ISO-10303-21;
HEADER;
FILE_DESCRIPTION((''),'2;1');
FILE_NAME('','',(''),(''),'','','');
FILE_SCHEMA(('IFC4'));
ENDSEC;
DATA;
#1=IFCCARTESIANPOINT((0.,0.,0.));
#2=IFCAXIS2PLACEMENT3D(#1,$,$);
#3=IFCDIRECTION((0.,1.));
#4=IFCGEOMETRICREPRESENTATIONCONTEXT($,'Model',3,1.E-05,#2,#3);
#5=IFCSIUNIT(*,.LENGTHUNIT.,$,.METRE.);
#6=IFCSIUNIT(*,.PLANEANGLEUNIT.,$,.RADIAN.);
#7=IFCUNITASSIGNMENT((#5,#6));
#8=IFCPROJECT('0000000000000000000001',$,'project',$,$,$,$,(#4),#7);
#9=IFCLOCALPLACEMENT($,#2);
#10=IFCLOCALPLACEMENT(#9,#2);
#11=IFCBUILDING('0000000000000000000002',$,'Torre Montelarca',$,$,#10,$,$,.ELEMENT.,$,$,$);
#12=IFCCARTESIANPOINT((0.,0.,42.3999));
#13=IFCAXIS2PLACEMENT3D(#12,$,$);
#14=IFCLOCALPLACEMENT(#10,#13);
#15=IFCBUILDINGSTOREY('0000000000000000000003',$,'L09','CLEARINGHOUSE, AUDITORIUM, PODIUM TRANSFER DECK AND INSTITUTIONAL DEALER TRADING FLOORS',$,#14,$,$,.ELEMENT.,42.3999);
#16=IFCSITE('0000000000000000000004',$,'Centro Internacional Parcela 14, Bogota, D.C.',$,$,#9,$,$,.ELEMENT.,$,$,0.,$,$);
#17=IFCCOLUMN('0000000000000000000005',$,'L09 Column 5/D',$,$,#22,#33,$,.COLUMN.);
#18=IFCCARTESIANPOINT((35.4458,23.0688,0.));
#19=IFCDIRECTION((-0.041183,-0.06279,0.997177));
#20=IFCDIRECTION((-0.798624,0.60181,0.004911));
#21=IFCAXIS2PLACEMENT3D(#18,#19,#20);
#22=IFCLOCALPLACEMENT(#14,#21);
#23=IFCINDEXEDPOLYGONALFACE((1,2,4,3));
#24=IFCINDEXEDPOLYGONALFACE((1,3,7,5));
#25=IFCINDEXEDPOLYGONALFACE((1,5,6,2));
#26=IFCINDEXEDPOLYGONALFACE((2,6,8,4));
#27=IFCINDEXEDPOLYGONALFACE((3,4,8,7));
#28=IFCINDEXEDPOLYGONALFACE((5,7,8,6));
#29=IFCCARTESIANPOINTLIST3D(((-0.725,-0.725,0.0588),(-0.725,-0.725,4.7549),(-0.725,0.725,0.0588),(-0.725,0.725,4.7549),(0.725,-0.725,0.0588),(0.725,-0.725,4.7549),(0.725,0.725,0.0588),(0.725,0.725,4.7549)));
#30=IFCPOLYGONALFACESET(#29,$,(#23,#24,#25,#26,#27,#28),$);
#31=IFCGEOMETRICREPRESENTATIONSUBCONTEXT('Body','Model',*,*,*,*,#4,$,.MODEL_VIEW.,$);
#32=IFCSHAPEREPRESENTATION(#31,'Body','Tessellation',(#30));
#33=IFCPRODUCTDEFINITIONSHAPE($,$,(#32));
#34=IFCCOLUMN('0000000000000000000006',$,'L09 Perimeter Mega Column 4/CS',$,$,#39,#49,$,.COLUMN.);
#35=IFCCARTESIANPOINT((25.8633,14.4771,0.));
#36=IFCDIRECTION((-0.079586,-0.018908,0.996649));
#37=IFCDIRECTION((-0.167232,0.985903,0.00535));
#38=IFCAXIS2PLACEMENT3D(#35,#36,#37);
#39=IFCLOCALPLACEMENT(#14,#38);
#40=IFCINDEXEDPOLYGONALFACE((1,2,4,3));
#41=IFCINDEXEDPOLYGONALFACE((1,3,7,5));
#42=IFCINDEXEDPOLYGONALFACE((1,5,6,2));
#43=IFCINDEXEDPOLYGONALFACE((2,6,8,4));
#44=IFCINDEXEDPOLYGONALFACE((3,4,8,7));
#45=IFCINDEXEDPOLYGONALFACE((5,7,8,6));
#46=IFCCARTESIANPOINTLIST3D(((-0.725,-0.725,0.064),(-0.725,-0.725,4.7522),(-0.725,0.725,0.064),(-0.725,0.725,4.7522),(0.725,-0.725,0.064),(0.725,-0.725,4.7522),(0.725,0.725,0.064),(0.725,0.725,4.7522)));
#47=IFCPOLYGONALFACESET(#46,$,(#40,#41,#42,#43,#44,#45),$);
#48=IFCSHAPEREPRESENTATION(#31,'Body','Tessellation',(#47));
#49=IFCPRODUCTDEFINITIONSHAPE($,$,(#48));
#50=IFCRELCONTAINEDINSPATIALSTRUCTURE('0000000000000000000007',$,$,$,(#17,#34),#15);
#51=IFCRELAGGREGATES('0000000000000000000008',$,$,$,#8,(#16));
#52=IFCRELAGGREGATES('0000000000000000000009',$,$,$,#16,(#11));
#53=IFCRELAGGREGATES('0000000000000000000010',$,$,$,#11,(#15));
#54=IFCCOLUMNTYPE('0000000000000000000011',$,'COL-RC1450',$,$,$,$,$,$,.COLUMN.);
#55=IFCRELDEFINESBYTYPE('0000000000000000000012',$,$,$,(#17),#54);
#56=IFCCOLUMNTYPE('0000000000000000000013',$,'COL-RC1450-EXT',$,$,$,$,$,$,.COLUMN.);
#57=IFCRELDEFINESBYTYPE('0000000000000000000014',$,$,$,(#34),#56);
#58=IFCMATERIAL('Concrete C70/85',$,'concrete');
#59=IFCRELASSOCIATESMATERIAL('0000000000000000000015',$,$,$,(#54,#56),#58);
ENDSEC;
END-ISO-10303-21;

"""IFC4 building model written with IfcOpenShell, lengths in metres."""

from ifc_helpers import new_model, si_unit, direction, frame, origin, origin_2d, place, context, subcontext, project, spatial, rectangle, extrude, clip, halfspace, material, material_profile, profile_set, type_object, element, save


model = new_model("IFC4")

# Units and contexts
model_context = context("Model", 3, precision=1e-05, world=origin(), true_north=direction((0.0, 1.0)))
body_context = subcontext(model_context, "Body", "Model", "MODEL_VIEW")
ifc_project = project(units=[si_unit("LENGTHUNIT", "METRE"), si_unit("PLANEANGLEUNIT", "RADIAN")], contexts=[model_context])

# Site, building, storey
site_placement = place(None, origin())
site = spatial("IfcSite", under=ifc_project, at=site_placement, Name="Centro Internacional Parcela 14, Bogota, D.C.", CompositionType="ELEMENT", RefElevation=0.0)
building_placement = place(site_placement, origin())
building = spatial("IfcBuilding", under=site, at=building_placement, Name="Torre Montelarca", CompositionType="ELEMENT")
storey_placement = place(building_placement, frame((0.0, 0.0, 42.3999)))
storey = spatial("IfcBuildingStorey", under=building, at=storey_placement, Name="L09", Description="CLEARINGHOUSE, AUDITORIUM, PODIUM TRANSFER DECK AND INSTITUTIONAL DEALER TRADING FLOORS", CompositionType="ELEMENT", Elevation=42.3999)

# Columns
ifc_material_1 = material(Name="Concrete C70/85", Category="concrete")
ifc_material_profile_1 = material_profile(ifc_material_1, rectangle(XDim=1.45, YDim=1.45, at=origin_2d()), Name="RC1450X1450", Category="concrete")
ifc_profile_set_1 = profile_set([ifc_material_profile_1], Name="Concrete C70/85")
column_type_1 = type_object("IfcColumnType", Name="COL-RC1450", PredefinedType="COLUMN", material=ifc_profile_set_1)
column_1_placement = place(storey_placement, frame((35.4458, 23.0688, 0.0), z_axis=(-0.041183, -0.06279, 0.997177), x_axis=(-0.798624, 0.60181, 0.004911)))
element("IfcColumn", 1, at=column_1_placement, inside=storey, type_object=column_type_1, Name="L09 Column 5/D", PredefinedType="COLUMN", context=body_context, shape_type="Clipping", body=[
    clip(clip(extrude(rectangle(XDim=1.45, YDim=1.45, at=origin_2d()), origin(), (0.0, 0.0, 1.0), 4.8137), halfspace(frame((0.0, 0.0, 0.0588), z_axis=(0.0, 0.0, -1.0), x_axis=(1.0, 0.0, 0.0)), False)), halfspace(frame((0.0, 0.0, 4.7549), z_axis=(0.0, 0.0, 1.0), x_axis=(1.0, 0.0, 0.0)), False)),
])
ifc_material_profile_2 = material_profile(ifc_material_1, rectangle(XDim=1.45, YDim=1.45, at=origin_2d()), Name="RC1450X1450", Category="concrete")
ifc_profile_set_2 = profile_set([ifc_material_profile_2], Name="Concrete C70/85")
column_type_2 = type_object("IfcColumnType", Name="COL-RC1450-EXT", PredefinedType="COLUMN", material=ifc_profile_set_2)
column_2_placement = place(storey_placement, frame((25.8633, 14.4771, 0.0), z_axis=(-0.079586, -0.018908, 0.996649), x_axis=(-0.167232, 0.985903, 0.00535)))
element("IfcColumn", 2, at=column_2_placement, inside=storey, type_object=column_type_2, Name="L09 Perimeter Mega Column 4/CS", PredefinedType="COLUMN", context=body_context, shape_type="Clipping", body=[
    clip(clip(extrude(rectangle(XDim=1.45, YDim=1.45, at=origin_2d()), origin(), (0.0, 0.0, 1.0), 4.8162), halfspace(frame((0.0, 0.0, 0.064), z_axis=(0.0, 0.0, -1.0), x_axis=(1.0, 0.0, 0.0)), False)), halfspace(frame((0.0, 0.0, 4.7522), z_axis=(0.0, 0.0, 1.0), x_axis=(1.0, 0.0, 0.0)), False)),
])

save(model, "model.ifc")
